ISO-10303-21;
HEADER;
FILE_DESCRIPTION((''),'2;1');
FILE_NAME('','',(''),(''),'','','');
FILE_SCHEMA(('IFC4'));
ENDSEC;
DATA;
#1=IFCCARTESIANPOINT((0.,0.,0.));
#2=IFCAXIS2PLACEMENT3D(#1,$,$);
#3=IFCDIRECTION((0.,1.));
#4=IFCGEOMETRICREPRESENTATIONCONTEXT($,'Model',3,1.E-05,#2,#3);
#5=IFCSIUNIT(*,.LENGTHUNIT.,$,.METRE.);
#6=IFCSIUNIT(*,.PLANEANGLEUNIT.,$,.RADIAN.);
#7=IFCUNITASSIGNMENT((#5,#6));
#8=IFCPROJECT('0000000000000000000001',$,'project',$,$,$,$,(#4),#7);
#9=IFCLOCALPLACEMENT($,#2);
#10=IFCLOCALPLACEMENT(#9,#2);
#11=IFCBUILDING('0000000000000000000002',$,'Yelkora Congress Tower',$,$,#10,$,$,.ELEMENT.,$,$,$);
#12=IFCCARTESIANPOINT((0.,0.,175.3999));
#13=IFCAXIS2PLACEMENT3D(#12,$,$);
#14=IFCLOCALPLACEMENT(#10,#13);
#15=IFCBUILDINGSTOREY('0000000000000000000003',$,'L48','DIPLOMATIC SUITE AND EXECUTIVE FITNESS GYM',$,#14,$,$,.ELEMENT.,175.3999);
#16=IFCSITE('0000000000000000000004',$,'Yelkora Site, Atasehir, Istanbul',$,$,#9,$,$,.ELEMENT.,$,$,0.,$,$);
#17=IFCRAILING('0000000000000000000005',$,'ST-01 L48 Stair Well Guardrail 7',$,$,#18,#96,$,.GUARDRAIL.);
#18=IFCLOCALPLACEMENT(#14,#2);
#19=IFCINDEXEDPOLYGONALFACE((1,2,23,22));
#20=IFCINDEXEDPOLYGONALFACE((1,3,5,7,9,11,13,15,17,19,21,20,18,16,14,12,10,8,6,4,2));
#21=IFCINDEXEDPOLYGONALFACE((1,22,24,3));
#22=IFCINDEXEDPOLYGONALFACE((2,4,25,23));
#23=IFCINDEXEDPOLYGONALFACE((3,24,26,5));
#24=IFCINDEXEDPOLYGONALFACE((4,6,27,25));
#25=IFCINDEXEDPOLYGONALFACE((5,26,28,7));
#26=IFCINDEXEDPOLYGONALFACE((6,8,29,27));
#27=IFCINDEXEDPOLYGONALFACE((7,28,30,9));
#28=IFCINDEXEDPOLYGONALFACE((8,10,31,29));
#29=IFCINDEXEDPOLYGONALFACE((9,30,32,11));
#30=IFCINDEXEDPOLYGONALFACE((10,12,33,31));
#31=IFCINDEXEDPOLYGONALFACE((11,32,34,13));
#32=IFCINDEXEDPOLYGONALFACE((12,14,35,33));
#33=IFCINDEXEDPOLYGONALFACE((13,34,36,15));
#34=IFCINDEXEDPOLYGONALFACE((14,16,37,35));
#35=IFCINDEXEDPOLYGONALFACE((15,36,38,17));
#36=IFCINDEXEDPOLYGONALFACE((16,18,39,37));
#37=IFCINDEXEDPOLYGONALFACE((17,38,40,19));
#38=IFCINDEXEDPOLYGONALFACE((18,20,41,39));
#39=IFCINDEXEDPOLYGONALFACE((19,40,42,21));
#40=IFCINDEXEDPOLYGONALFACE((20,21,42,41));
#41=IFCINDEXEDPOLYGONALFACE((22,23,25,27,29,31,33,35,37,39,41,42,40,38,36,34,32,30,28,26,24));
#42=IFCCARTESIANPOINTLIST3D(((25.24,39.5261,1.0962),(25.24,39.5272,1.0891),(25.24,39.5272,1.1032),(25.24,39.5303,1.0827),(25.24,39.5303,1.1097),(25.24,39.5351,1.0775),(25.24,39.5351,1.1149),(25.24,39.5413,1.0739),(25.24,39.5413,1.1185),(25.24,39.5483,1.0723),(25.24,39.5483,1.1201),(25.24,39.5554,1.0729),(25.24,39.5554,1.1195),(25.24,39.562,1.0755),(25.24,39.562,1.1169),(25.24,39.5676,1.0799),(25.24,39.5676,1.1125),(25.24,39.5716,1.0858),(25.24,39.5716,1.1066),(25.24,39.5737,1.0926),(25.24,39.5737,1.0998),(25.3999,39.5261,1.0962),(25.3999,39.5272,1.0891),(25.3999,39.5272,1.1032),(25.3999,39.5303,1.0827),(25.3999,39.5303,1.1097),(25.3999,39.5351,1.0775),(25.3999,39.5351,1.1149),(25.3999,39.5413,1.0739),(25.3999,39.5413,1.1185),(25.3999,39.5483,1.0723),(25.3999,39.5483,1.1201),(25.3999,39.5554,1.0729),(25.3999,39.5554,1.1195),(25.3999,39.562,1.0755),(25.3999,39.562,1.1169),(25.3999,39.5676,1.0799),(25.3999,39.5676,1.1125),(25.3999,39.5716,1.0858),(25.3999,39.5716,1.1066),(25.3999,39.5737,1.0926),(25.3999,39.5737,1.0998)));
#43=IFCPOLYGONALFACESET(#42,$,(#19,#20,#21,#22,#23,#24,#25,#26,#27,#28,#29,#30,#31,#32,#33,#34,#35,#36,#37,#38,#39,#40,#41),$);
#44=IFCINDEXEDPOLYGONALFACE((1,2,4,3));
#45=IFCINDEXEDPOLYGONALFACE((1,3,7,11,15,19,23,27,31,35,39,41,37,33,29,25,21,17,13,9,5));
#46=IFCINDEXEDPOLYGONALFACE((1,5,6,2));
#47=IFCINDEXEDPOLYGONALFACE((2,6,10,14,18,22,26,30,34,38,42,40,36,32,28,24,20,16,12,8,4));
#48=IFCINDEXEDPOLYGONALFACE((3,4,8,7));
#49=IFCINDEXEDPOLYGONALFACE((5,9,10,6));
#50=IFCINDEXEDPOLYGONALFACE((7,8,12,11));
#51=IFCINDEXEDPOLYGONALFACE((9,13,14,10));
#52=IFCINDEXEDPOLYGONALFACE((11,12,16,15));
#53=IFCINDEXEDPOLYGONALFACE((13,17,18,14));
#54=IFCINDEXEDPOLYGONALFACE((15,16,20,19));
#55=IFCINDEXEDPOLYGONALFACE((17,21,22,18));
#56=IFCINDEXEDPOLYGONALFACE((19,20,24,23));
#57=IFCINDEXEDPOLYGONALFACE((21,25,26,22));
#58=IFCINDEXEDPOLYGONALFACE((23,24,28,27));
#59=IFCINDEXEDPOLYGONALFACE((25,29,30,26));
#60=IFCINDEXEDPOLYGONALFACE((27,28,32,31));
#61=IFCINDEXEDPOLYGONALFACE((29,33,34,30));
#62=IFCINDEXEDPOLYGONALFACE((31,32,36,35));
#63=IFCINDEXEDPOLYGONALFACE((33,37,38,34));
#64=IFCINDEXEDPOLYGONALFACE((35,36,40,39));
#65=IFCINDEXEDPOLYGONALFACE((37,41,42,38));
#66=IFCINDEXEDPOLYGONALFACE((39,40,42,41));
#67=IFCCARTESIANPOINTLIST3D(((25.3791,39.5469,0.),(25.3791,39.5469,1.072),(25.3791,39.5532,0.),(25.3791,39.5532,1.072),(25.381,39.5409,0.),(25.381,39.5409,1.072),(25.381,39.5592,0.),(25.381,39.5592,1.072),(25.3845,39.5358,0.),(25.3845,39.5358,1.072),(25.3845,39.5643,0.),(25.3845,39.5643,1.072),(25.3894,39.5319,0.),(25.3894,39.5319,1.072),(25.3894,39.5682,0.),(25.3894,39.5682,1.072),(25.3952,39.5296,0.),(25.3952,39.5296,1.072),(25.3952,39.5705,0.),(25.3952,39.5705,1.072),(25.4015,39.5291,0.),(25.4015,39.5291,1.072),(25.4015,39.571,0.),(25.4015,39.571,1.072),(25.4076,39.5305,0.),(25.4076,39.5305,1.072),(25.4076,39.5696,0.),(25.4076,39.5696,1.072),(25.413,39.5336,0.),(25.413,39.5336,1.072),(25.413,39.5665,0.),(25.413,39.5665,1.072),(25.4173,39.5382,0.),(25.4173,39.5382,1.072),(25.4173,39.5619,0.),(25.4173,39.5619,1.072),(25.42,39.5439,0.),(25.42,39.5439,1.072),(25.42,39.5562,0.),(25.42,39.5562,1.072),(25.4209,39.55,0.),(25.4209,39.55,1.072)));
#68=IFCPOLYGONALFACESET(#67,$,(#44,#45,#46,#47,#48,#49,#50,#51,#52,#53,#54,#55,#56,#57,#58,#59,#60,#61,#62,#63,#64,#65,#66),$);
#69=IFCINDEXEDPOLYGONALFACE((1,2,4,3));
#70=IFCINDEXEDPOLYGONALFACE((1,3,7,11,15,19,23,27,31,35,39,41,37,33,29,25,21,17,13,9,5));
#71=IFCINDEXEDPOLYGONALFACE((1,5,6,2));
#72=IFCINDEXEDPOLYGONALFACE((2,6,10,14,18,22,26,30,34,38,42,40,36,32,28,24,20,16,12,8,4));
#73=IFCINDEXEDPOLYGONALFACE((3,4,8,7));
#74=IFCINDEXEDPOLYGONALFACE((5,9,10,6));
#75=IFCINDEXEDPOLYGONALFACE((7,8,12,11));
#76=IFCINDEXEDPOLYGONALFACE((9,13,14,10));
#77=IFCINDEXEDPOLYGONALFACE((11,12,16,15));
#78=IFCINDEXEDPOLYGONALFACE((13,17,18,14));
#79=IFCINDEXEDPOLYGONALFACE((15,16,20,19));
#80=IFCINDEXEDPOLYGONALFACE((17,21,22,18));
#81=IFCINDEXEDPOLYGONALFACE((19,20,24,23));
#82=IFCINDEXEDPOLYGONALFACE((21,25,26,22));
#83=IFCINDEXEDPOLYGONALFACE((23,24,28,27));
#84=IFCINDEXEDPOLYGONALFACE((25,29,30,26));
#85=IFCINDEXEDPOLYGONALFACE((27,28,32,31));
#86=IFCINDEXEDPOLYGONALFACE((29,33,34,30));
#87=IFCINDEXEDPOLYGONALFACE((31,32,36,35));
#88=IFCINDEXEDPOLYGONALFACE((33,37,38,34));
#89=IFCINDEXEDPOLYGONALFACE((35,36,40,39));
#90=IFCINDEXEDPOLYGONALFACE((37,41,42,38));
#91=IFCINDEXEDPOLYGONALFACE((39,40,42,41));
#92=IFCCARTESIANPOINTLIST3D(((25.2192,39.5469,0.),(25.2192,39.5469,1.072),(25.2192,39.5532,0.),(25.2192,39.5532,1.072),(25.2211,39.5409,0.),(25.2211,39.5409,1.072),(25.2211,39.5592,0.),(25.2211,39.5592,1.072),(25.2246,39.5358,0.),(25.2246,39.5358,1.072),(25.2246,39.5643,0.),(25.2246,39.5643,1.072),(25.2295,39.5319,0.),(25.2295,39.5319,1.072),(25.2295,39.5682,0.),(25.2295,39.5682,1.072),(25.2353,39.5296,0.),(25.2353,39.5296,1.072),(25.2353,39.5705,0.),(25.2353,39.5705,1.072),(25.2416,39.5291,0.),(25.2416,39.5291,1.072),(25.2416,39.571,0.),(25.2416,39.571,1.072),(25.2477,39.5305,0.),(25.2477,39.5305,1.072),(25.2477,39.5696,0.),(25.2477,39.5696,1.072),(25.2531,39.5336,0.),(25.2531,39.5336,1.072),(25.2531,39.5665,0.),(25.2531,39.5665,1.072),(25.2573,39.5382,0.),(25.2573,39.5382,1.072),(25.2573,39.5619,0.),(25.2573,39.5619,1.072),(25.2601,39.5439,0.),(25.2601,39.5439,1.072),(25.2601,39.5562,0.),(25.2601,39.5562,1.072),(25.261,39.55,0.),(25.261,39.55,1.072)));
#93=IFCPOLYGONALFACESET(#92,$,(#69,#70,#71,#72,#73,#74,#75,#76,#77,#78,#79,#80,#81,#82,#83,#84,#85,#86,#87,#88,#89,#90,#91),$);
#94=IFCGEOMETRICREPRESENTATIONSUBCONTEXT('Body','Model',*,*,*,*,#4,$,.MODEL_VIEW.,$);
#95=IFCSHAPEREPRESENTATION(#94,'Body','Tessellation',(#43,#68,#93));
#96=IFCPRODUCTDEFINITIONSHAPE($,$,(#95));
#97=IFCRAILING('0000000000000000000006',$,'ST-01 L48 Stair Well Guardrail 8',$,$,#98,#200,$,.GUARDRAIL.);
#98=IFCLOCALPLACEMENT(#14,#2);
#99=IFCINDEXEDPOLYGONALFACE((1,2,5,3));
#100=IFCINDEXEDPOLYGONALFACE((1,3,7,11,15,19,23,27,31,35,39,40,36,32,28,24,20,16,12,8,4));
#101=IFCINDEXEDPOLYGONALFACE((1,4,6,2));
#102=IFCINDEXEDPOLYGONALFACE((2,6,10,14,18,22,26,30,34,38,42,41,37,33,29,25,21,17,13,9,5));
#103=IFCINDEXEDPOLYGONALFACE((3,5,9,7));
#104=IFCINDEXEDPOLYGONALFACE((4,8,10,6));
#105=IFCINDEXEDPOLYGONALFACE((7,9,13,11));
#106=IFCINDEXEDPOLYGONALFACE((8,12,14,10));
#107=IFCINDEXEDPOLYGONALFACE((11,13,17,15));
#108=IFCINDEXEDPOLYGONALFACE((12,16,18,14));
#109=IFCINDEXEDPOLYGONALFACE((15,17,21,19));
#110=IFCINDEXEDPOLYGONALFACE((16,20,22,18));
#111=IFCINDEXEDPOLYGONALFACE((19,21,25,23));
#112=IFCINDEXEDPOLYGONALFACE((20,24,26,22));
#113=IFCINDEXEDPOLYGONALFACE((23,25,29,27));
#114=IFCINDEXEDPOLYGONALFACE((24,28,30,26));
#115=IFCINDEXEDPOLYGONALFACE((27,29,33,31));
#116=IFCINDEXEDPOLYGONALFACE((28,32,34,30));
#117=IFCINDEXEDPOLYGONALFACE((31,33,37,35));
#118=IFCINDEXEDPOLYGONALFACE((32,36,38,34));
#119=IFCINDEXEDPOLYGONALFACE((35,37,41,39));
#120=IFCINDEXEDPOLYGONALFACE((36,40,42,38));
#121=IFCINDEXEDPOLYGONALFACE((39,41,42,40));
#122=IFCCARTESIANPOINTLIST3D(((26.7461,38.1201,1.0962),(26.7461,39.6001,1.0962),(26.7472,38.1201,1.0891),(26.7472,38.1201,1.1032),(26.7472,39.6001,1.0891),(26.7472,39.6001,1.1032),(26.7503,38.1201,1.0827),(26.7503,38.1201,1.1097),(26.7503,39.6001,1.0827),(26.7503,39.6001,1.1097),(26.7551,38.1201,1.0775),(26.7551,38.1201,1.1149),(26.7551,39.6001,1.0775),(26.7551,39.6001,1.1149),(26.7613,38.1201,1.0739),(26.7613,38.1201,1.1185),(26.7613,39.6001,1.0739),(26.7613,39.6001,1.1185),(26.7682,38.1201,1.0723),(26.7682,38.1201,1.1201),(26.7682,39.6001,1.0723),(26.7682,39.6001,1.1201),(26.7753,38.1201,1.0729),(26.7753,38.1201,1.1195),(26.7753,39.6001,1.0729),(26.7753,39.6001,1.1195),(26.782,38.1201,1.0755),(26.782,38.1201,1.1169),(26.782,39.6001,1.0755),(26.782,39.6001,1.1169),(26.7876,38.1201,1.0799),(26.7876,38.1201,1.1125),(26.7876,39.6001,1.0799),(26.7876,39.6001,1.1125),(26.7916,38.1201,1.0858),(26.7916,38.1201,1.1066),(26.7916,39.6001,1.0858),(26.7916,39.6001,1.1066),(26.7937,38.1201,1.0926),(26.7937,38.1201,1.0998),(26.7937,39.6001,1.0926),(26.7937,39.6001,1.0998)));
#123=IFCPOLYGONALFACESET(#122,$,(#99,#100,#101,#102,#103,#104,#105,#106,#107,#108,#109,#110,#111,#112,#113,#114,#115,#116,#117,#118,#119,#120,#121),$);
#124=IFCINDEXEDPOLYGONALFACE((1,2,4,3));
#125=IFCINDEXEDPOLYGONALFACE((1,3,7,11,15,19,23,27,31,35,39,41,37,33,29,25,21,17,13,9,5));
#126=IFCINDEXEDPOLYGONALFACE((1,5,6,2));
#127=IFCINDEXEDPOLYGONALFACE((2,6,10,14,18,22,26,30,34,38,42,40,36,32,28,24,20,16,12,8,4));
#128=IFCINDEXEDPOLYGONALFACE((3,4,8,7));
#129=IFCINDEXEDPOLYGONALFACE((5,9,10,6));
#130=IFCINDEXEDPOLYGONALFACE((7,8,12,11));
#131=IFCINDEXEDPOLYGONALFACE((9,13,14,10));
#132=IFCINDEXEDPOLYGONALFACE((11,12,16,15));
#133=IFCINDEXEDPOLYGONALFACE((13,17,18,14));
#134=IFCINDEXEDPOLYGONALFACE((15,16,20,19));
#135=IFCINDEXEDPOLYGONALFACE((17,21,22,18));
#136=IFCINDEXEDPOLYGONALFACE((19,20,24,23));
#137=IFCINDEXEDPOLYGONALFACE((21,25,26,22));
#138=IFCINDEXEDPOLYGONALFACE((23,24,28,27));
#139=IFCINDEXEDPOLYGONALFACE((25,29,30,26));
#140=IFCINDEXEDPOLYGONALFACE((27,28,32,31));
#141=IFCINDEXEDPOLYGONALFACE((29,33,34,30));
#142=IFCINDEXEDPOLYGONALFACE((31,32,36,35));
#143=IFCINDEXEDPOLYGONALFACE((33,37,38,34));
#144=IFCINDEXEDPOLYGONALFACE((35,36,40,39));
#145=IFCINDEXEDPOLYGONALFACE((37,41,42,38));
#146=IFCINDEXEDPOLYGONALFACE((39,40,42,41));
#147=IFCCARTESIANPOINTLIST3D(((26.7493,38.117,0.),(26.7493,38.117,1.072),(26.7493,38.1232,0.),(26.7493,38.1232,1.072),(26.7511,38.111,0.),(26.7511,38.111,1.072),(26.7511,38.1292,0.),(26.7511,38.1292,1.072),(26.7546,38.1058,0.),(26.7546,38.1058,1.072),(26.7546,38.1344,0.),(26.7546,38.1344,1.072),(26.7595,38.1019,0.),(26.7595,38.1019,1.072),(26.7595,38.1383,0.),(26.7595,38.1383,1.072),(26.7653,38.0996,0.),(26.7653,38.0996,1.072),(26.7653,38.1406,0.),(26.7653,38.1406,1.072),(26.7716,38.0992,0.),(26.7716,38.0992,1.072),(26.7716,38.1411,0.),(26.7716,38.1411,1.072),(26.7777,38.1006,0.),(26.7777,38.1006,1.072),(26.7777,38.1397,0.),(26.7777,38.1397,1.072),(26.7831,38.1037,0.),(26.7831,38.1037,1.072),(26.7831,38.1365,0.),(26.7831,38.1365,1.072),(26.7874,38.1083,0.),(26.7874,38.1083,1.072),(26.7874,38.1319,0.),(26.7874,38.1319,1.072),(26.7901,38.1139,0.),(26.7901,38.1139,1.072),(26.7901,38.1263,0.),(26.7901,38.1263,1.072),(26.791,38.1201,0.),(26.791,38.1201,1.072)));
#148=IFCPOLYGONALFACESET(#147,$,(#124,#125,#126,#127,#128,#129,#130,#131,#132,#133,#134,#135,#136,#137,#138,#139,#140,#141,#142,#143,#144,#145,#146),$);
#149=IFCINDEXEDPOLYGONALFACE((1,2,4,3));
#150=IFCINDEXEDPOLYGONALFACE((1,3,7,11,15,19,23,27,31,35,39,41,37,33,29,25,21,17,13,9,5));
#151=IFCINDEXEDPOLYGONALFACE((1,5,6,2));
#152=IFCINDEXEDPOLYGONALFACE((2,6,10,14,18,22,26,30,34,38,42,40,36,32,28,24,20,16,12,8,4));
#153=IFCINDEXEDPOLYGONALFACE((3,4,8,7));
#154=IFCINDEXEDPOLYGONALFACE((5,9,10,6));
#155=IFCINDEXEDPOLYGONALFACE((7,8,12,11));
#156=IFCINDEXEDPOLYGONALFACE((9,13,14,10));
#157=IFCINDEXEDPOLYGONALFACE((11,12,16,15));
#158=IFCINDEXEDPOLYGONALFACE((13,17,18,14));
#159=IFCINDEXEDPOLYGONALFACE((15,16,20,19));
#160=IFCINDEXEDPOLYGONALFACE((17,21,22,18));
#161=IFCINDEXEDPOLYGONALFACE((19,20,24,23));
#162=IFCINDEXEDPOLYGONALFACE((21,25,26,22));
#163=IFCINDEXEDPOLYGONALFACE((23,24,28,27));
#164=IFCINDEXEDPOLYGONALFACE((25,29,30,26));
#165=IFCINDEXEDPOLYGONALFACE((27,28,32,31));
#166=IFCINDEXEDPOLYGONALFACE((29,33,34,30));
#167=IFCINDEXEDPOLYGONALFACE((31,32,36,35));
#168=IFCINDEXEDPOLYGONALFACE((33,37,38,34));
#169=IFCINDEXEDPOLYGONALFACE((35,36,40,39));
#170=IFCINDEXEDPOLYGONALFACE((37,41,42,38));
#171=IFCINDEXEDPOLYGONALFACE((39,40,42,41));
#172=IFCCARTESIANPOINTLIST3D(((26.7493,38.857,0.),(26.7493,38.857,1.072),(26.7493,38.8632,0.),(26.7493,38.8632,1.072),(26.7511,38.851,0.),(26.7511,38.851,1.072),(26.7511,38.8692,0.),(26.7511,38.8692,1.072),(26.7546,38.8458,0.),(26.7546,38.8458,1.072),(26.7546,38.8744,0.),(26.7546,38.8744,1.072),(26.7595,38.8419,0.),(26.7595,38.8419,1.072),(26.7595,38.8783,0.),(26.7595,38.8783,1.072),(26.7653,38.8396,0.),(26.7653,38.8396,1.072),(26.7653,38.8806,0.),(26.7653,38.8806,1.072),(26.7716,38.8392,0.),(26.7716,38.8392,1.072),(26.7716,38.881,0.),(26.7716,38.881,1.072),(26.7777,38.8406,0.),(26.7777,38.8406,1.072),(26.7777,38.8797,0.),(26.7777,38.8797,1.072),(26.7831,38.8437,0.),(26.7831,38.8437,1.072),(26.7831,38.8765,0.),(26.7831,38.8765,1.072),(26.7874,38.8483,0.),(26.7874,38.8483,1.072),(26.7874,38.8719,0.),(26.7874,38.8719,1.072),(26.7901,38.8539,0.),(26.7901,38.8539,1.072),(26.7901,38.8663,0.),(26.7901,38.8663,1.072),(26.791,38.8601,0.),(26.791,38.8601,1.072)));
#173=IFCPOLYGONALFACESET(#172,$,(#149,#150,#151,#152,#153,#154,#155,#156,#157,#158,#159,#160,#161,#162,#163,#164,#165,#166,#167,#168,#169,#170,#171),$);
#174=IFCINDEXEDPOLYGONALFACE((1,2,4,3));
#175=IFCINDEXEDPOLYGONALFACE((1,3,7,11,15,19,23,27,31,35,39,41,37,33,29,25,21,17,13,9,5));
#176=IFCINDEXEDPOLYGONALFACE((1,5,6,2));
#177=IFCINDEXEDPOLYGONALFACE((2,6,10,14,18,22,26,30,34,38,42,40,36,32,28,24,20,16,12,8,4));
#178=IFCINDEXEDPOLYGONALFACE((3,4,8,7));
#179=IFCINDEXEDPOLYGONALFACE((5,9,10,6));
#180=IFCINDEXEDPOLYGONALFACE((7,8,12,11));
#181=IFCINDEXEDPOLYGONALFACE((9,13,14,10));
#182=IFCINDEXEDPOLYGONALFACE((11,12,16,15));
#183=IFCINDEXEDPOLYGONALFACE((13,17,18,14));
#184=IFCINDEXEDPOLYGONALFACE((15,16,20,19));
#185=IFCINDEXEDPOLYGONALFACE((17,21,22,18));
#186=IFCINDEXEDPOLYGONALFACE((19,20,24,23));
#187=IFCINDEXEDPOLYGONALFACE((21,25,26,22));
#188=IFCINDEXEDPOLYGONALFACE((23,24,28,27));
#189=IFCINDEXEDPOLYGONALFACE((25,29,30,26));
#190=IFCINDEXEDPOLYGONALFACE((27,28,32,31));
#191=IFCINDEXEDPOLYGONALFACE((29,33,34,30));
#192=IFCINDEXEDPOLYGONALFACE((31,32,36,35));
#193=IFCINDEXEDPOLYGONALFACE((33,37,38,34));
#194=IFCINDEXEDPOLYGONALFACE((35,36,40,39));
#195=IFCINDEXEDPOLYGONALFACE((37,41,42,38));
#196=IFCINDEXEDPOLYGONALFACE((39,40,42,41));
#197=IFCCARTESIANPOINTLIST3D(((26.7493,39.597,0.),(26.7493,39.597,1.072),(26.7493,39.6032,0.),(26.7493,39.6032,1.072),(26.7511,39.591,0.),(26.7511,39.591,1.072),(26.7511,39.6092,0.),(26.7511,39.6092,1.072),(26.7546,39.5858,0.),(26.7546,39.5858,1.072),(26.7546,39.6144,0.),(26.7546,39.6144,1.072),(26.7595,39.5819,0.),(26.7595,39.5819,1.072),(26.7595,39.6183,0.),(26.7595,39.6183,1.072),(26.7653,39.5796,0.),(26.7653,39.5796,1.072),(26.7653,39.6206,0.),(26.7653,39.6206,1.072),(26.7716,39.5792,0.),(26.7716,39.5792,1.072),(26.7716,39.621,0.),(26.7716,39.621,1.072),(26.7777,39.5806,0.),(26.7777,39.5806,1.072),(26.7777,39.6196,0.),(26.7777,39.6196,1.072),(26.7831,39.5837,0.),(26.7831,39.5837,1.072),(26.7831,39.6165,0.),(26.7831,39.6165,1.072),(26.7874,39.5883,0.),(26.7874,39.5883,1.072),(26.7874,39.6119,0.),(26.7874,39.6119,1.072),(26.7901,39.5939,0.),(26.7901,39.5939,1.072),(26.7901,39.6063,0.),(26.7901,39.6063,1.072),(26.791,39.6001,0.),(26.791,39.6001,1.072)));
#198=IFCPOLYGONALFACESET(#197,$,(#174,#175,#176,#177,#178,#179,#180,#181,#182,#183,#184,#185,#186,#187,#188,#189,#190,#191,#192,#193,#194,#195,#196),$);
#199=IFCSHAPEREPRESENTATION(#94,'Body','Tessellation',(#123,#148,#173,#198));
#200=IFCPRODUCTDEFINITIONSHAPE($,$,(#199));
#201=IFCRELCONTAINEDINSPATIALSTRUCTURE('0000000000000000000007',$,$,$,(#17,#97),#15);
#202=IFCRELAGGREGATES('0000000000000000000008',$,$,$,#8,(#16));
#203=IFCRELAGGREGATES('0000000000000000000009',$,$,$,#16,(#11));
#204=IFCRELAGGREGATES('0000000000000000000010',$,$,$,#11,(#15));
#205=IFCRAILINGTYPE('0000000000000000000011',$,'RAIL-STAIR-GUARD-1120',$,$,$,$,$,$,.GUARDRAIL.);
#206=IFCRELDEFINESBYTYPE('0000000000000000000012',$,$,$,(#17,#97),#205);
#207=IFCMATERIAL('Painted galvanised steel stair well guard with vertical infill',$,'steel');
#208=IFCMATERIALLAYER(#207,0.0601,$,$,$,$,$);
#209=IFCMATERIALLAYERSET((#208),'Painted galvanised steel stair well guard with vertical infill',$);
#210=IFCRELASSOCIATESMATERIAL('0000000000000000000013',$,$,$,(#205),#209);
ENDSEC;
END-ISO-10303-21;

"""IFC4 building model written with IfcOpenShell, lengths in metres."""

from ifc_helpers import new_model, si_unit, direction, frame, origin, origin_2d, place, context, subcontext, project, spatial, circle, extrude, material, layer, layer_set, type_object, element, save


model = new_model("IFC4")

# Units and contexts
model_context = context("Model", 3, precision=1e-05, world=origin(), true_north=direction((0.0, 1.0)))
body_context = subcontext(model_context, "Body", "Model", "MODEL_VIEW")
ifc_project = project(units=[si_unit("LENGTHUNIT", "METRE"), si_unit("PLANEANGLEUNIT", "RADIAN")], contexts=[model_context])

# Site, building, storey
site_placement = place(None, origin())
site = spatial("IfcSite", under=ifc_project, at=site_placement, Name="Yelkora Site, Atasehir, Istanbul", CompositionType="ELEMENT", RefElevation=0.0)
building_placement = place(site_placement, origin())
building = spatial("IfcBuilding", under=site, at=building_placement, Name="Yelkora Congress Tower", CompositionType="ELEMENT")
storey_placement = place(building_placement, frame((0.0, 0.0, 175.3999)))
storey = spatial("IfcBuildingStorey", under=building, at=storey_placement, Name="L48", Description="DIPLOMATIC SUITE AND EXECUTIVE FITNESS GYM", CompositionType="ELEMENT", Elevation=175.3999)

# Railings
ifc_material_1 = material(Name="Painted galvanised steel stair well guard with vertical infill", Category="steel")
ifc_layer_1 = layer(ifc_material_1, 0.0601)
ifc_layer_set_1 = layer_set([ifc_layer_1], Name="Painted galvanised steel stair well guard with vertical infill")
railing_type_1 = type_object("IfcRailingType", Name="RAIL-STAIR-GUARD-1120", PredefinedType="GUARDRAIL", material=ifc_layer_set_1)
railing_1_placement = place(storey_placement, frame((25.3999, 39.55, 0.0)))
element("IfcRailing", 1, at=railing_1_placement, inside=storey, type_object=railing_type_1, Name="ST-01 L48 Stair Well Guardrail 7", PredefinedType="GUARDRAIL", context=body_context, shape_type="SweptSolid", body=[
    extrude(circle(Radius=0.0239, at=origin_2d()), frame((0.0, 0.0, 1.0962), z_axis=(-1.0, 0.0, 0.0), x_axis=(0.0, -1.0, 0.0)), (0.0, 0.0, 1.0), 0.1599),
    extrude(circle(Radius=0.021, at=origin_2d()), origin(), (0.0, 0.0, 1.0), 1.072),
    extrude(circle(Radius=0.021, at=origin_2d()), frame((-0.1599, 0.0, 0.0)), (0.0, 0.0, 1.0), 1.072),
])
for number, where, name in (
    (2, (26.77, 38.1201, 0.0), "ST-01 L48 Stair Well Guardrail 8"),
):
    element("IfcRailing", number, at=place(storey_placement, frame(where)), inside=storey, type_object=railing_type_1, Name=name, PredefinedType="GUARDRAIL", context=body_context, shape_type="SweptSolid", body=[
        extrude(circle(Radius=0.0239, at=origin_2d()), frame((0.0, 0.0, 1.0962), z_axis=(0.0, 1.0, 0.0), x_axis=(-1.0, 0.0, 0.0)), (0.0, 0.0, 1.0), 1.48),
        extrude(circle(Radius=0.021, at=origin_2d()), origin(), (0.0, 0.0, 1.0), 1.072),
        extrude(circle(Radius=0.021, at=origin_2d()), frame((0.0, 0.74, 0.0)), (0.0, 0.0, 1.0), 1.072),
        extrude(circle(Radius=0.021, at=origin_2d()), frame((0.0, 1.48, 0.0)), (0.0, 0.0, 1.0), 1.072),
    ])

save(model, "model.ifc")
